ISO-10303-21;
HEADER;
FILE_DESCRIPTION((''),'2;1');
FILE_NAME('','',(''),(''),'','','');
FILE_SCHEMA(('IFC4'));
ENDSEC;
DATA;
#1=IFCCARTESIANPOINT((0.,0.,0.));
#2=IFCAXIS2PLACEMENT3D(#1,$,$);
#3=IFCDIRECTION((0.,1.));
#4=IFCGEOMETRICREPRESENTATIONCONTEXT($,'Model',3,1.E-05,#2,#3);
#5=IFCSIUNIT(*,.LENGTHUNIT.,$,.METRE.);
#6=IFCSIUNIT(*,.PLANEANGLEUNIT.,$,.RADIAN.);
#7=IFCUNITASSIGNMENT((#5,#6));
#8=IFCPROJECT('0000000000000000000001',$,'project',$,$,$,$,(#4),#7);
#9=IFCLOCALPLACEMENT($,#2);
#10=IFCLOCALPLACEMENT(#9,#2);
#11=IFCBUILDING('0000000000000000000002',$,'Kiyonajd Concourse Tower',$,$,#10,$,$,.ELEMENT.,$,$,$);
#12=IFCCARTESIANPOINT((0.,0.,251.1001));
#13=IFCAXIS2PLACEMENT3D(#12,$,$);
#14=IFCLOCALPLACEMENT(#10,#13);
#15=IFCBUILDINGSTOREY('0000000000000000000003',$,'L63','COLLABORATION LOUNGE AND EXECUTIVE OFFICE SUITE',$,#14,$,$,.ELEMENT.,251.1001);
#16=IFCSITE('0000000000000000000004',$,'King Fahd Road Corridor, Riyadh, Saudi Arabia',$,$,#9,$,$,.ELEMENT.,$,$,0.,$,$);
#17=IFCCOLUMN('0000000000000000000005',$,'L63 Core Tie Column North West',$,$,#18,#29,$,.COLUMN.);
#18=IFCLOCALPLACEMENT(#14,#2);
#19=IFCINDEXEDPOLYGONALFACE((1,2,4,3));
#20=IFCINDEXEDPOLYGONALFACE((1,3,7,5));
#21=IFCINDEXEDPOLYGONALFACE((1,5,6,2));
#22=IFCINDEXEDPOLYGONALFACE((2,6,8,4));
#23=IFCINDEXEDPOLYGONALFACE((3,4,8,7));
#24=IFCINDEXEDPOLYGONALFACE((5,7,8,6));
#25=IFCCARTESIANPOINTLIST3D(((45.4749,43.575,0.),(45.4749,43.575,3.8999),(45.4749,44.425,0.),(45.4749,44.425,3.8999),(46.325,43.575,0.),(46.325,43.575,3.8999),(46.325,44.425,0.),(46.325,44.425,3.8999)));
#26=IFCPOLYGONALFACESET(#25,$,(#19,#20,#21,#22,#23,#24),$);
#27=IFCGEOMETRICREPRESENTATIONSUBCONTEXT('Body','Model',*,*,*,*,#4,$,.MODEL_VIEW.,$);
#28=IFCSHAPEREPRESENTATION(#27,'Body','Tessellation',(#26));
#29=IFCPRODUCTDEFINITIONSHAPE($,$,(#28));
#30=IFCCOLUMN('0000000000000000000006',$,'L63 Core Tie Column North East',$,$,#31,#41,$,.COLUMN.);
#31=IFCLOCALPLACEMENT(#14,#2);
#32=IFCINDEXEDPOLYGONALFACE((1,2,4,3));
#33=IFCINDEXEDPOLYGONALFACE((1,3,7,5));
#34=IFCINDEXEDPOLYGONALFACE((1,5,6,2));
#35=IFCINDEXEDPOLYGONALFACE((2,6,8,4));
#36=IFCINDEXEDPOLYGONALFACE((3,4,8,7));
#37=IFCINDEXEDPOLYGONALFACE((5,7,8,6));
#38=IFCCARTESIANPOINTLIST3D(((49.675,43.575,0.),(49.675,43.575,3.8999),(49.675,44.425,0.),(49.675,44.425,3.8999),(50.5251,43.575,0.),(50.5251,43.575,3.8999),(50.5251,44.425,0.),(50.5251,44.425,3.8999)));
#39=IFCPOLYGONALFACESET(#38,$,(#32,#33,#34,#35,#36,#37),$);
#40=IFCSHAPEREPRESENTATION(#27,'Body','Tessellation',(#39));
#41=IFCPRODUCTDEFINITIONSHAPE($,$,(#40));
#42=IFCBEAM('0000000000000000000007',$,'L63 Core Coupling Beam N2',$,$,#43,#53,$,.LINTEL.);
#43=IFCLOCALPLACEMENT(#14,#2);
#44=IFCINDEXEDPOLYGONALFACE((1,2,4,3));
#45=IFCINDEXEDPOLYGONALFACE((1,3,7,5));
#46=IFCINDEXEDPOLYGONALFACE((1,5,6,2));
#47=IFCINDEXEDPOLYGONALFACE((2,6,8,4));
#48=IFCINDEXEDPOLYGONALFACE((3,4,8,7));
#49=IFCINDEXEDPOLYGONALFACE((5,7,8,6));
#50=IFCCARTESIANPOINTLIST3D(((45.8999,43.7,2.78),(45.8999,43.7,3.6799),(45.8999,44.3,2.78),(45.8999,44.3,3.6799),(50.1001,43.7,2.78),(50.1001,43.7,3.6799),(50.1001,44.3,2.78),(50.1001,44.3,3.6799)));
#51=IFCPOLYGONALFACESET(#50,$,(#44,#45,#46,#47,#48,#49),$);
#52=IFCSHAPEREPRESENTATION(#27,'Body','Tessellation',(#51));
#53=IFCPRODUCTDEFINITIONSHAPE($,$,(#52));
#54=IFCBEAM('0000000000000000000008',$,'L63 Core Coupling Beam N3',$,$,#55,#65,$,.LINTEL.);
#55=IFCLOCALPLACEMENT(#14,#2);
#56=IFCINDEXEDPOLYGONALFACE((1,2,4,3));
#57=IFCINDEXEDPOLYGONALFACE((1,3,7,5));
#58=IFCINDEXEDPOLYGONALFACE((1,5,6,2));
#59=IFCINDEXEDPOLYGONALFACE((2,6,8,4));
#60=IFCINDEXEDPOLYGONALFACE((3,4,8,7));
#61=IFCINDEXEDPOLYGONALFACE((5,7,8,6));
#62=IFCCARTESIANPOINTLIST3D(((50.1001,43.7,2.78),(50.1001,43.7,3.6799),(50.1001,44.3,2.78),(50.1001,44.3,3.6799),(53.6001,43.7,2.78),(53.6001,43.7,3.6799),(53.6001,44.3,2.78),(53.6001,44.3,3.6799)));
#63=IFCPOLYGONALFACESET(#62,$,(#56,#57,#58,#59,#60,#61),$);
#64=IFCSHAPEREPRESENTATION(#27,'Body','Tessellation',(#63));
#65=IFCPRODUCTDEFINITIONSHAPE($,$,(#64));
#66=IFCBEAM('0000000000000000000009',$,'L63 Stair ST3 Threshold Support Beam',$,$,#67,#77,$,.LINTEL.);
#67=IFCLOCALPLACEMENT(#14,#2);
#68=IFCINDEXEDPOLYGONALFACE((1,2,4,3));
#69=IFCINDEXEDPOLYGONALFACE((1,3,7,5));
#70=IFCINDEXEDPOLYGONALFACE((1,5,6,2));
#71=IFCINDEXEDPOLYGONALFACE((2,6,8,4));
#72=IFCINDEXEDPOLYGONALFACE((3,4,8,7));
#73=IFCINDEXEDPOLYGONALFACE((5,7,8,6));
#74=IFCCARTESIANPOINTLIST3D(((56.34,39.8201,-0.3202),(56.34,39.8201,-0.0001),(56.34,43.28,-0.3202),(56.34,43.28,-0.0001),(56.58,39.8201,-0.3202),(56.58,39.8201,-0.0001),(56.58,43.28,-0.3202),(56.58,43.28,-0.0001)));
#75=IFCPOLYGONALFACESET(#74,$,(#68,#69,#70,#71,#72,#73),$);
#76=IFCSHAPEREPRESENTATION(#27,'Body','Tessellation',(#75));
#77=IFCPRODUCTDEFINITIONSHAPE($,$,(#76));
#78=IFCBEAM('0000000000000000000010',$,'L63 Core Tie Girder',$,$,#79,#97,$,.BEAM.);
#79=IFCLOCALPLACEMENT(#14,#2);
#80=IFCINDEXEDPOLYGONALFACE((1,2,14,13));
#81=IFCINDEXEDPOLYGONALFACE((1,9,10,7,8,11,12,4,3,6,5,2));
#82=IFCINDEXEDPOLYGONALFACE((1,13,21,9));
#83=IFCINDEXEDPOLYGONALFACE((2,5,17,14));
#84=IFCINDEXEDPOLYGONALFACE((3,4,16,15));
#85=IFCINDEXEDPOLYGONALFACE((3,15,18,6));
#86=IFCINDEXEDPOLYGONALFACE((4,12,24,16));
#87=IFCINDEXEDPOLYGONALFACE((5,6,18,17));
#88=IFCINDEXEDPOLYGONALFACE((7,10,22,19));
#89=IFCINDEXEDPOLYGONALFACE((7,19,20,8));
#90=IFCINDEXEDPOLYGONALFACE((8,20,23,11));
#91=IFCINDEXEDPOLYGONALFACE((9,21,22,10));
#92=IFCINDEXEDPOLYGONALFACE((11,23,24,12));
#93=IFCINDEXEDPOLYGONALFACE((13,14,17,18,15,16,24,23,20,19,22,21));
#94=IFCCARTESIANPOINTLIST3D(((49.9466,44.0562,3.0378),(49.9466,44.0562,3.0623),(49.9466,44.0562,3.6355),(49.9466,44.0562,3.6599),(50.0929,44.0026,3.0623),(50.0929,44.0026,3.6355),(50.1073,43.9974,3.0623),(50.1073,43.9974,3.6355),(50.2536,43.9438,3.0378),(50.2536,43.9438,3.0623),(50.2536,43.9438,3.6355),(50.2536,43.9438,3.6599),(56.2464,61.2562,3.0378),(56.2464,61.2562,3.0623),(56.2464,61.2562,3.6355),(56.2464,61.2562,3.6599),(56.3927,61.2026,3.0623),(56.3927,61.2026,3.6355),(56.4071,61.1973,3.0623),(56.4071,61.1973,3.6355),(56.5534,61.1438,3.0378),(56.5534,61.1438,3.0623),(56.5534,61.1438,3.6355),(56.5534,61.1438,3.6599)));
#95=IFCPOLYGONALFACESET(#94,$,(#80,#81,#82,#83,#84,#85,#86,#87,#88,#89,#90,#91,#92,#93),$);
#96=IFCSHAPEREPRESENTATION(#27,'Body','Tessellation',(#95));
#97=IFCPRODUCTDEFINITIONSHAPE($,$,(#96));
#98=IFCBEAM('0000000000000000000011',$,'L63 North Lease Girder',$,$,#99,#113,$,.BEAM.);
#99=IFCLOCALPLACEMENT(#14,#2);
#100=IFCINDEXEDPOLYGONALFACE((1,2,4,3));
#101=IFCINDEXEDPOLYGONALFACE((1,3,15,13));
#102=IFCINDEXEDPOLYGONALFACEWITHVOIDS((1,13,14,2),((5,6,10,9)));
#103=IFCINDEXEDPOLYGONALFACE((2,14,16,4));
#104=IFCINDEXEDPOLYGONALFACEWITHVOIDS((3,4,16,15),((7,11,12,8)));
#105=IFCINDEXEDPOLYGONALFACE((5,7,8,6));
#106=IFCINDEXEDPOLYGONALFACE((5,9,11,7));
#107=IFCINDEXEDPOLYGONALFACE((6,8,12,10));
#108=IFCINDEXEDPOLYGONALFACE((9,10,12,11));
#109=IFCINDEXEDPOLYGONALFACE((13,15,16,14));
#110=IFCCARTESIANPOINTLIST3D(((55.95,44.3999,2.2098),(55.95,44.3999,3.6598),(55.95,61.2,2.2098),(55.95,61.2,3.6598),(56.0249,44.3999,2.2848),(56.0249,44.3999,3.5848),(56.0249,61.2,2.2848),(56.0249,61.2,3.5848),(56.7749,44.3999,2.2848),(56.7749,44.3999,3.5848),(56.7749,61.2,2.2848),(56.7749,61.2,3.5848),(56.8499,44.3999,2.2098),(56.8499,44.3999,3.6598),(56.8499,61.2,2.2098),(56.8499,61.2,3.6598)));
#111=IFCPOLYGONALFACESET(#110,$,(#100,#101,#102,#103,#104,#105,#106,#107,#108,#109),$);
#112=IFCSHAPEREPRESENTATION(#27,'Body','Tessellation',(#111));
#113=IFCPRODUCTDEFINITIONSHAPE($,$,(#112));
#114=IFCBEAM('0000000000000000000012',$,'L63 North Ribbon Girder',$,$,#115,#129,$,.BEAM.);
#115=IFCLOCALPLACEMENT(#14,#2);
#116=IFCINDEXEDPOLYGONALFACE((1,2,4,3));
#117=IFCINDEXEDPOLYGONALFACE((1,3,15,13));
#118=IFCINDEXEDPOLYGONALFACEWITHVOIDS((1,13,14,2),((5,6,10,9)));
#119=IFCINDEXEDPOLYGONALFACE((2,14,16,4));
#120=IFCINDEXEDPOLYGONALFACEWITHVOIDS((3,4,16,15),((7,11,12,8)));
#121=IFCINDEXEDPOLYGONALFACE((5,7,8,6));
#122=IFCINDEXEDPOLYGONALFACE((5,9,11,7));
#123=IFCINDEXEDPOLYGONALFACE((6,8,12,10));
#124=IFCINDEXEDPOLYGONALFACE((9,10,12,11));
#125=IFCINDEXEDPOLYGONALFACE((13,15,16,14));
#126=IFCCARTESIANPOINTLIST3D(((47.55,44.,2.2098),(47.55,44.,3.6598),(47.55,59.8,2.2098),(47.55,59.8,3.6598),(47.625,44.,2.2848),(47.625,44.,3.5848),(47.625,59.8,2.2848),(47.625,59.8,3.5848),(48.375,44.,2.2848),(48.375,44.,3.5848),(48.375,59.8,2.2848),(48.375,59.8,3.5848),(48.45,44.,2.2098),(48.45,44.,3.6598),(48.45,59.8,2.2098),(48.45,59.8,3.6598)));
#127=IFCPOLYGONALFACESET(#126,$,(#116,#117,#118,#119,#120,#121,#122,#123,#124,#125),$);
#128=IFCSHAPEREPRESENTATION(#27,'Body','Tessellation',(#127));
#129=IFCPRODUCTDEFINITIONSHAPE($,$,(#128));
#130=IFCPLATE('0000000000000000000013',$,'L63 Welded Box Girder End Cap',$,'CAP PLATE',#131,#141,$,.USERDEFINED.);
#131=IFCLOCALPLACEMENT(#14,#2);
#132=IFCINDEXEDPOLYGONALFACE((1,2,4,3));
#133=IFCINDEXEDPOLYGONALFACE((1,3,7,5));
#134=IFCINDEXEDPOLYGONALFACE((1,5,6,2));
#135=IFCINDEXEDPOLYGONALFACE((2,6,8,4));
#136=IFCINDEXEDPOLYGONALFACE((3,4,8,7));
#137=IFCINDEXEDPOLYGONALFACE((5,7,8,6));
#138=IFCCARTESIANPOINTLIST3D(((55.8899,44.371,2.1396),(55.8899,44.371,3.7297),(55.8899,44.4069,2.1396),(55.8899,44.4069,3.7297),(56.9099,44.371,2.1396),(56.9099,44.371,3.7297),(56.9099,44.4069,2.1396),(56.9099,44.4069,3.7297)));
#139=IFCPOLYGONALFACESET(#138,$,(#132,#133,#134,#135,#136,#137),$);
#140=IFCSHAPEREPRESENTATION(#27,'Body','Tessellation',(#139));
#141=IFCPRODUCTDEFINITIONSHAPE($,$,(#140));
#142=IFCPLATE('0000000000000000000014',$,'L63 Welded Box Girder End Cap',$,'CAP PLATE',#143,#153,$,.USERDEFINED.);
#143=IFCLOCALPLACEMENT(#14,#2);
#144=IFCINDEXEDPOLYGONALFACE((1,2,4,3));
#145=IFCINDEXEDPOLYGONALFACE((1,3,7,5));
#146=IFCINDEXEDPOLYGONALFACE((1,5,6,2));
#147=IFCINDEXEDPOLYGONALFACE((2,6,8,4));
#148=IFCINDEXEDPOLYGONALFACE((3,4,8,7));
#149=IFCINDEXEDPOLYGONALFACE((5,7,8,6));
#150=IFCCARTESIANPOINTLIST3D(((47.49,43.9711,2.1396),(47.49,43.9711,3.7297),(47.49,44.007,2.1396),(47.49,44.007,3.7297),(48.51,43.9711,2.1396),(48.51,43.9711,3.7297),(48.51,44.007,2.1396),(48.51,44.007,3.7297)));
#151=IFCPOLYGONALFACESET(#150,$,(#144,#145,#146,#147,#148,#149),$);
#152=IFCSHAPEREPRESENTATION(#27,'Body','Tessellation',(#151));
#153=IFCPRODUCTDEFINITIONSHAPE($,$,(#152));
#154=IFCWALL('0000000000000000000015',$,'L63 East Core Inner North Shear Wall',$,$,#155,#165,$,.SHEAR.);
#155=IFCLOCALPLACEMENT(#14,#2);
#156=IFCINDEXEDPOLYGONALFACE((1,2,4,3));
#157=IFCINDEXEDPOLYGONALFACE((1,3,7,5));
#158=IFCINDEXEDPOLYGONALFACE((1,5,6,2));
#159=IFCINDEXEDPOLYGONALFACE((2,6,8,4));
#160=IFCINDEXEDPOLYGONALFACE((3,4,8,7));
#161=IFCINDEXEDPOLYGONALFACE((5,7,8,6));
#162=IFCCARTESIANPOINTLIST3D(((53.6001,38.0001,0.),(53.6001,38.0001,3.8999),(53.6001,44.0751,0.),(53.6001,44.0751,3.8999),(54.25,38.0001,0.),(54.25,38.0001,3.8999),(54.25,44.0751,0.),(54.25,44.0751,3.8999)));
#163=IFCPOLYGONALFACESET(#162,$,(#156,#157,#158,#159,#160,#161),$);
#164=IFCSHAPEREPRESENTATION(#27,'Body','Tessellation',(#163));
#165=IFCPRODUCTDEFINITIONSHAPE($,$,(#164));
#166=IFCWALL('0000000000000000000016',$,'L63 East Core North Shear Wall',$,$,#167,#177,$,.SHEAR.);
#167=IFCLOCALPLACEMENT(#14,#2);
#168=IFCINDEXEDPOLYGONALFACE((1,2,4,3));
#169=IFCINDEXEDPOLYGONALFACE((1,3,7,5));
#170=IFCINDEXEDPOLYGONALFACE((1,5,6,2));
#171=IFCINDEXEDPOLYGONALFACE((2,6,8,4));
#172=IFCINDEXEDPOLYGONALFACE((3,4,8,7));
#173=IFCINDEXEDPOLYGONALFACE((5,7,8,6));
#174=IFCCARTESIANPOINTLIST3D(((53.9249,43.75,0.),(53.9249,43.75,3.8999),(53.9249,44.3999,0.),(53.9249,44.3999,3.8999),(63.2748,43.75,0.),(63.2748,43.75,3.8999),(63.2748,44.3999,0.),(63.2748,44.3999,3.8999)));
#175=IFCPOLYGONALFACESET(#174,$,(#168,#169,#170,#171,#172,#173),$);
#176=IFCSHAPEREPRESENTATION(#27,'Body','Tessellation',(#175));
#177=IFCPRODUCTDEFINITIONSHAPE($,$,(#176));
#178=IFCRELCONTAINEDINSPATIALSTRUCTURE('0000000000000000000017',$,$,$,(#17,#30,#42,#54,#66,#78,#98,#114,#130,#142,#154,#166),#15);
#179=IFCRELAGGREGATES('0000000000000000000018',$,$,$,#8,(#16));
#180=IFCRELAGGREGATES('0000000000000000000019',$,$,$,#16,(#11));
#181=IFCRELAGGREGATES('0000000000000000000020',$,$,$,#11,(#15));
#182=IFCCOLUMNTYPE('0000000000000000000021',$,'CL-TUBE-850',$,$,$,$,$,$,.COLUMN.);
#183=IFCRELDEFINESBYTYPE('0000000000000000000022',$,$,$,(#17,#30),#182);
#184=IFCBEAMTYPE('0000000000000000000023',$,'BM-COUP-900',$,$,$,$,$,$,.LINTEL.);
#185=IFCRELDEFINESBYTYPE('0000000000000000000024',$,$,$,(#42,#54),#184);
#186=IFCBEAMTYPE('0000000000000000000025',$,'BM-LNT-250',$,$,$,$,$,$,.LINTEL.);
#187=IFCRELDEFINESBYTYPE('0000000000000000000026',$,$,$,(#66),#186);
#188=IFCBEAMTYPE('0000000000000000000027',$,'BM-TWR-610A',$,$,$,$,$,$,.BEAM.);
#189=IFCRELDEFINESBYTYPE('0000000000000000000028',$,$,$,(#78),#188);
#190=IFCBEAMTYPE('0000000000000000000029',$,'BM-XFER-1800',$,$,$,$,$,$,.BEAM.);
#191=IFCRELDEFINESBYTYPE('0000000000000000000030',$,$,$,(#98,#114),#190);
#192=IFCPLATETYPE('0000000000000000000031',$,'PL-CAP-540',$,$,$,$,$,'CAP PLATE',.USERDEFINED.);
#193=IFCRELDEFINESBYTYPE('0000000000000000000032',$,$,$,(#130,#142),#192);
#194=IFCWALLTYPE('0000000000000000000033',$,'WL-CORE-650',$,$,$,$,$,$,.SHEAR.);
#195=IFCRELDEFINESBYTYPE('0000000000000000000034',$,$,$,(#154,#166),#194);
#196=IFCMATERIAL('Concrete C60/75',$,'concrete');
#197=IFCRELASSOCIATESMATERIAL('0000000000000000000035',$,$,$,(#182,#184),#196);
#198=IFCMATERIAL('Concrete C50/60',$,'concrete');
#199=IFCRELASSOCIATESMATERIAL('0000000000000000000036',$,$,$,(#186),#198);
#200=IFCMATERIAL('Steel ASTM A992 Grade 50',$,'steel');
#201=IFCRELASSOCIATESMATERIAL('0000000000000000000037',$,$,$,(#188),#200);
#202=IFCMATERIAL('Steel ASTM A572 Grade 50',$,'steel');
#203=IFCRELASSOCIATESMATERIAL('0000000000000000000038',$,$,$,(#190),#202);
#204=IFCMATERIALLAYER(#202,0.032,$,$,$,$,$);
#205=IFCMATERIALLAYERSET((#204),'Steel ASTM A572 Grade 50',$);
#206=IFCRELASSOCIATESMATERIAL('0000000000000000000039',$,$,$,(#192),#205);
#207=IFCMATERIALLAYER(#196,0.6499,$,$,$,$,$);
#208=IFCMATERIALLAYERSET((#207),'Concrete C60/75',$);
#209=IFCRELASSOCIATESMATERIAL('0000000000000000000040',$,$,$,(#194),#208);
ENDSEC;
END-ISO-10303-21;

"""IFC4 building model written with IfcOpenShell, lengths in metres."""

from ifc_helpers import new_model, si_unit, direction, frame, frame_2d, origin, origin_2d, place, context, subcontext, project, spatial, rectangle, hollow_rectangle, i_section, extrude, material, layer, layer_set, material_profile, profile_set, type_object, element, save


model = new_model("IFC4")

# Units and contexts
model_context = context("Model", 3, precision=1e-05, world=origin(), true_north=direction((0.0, 1.0)))
body_context = subcontext(model_context, "Body", "Model", "MODEL_VIEW")
ifc_project = project(units=[si_unit("LENGTHUNIT", "METRE"), si_unit("PLANEANGLEUNIT", "RADIAN")], contexts=[model_context])

# Site, building, storey
site_placement = place(None, origin())
site = spatial("IfcSite", under=ifc_project, at=site_placement, Name="King Fahd Road Corridor, Riyadh, Saudi Arabia", CompositionType="ELEMENT", RefElevation=0.0)
building_placement = place(site_placement, origin())
building = spatial("IfcBuilding", under=site, at=building_placement, Name="Kiyonajd Concourse Tower", CompositionType="ELEMENT")
storey_placement = place(building_placement, frame((0.0, 0.0, 251.1001)))
storey = spatial("IfcBuildingStorey", under=building, at=storey_placement, Name="L63", Description="COLLABORATION LOUNGE AND EXECUTIVE OFFICE SUITE", CompositionType="ELEMENT", Elevation=251.1001)

# Columns
ifc_material_1 = material(Name="Concrete C60/75", Category="concrete")
ifc_material_profile_1 = material_profile(ifc_material_1, rectangle(XDim=0.8501, YDim=0.8501, at=origin_2d()), Name="RC-850x850")
ifc_profile_set_1 = profile_set([ifc_material_profile_1], Name="Concrete C60/75")
column_type = type_object("IfcColumnType", Name="CL-TUBE-850", PredefinedType="COLUMN", material=ifc_profile_set_1)
for number, where, z_axis, x_axis, name in (
    (1, (45.8999, 44.0, 0.0), (0.0, 0.0, 1.0), (1.0, 0.0, 0.0), "L63 Core Tie Column North West"),
    (2, (50.1001, 44.0, 0.0), (0.0, 0.0, 1.0), (1.0, 0.0, 0.0), "L63 Core Tie Column North East"),
):
    element("IfcColumn", number, at=place(storey_placement, frame(where, z_axis=z_axis, x_axis=x_axis)), inside=storey, type_object=column_type, Name=name, PredefinedType="COLUMN", context=body_context, shape_type="SweptSolid", body=[
        extrude(rectangle(XDim=0.8501, YDim=0.8501, at=origin_2d()), origin(), (0.0, 0.0, 1.0), 3.8999),
    ])

# Beams
ifc_material_profile_2 = material_profile(ifc_material_1, rectangle(XDim=0.6001, YDim=0.8999, at=origin_2d()), Name="RCBM-600x900")
ifc_profile_set_2 = profile_set([ifc_material_profile_2], Name="Concrete C60/75")
beam_type_1 = type_object("IfcBeamType", Name="BM-COUP-900", PredefinedType="LINTEL", material=ifc_profile_set_2)
beam_1_placement = place(storey_placement, frame((45.8999, 44.0, 3.23), z_axis=(1.0, 0.0, 0.0), x_axis=(0.0, 1.0, 0.0)))
element("IfcBeam", 3, at=beam_1_placement, inside=storey, type_object=beam_type_1, Name="L63 Core Coupling Beam N2", PredefinedType="LINTEL", context=body_context, shape_type="SweptSolid", body=[
    extrude(rectangle(XDim=0.6001, YDim=0.8999, at=origin_2d()), origin(), (0.0, 0.0, 1.0), 4.2002),
])
beam_2_placement = place(storey_placement, frame((50.1001, 44.0, 3.23), z_axis=(1.0, 0.0, 0.0), x_axis=(0.0, 1.0, 0.0)))
element("IfcBeam", 4, at=beam_2_placement, inside=storey, type_object=beam_type_1, Name="L63 Core Coupling Beam N3", PredefinedType="LINTEL", context=body_context, shape_type="SweptSolid", body=[
    extrude(rectangle(XDim=0.6001, YDim=0.8999, at=origin_2d()), origin(), (0.0, 0.0, 1.0), 3.5),
])
ifc_material_2 = material(Name="Concrete C50/60", Category="concrete")
ifc_material_profile_3 = material_profile(ifc_material_2, rectangle(XDim=0.24, YDim=0.3201, at=origin_2d()), Name="RCBM-240x320")
ifc_profile_set_3 = profile_set([ifc_material_profile_3], Name="Concrete C50/60")
beam_type_2 = type_object("IfcBeamType", Name="BM-LNT-250", PredefinedType="LINTEL", material=ifc_profile_set_3)
beam_3_placement = place(storey_placement, frame((56.46, 39.8201, -0.1602), z_axis=(0.0, 1.0, 0.0), x_axis=(-1.0, 0.0, 0.0)))
element("IfcBeam", 5, at=beam_3_placement, inside=storey, type_object=beam_type_2, Name="L63 Stair ST3 Threshold Support Beam", PredefinedType="LINTEL", context=body_context, shape_type="SweptSolid", body=[
    extrude(rectangle(XDim=0.24, YDim=0.3201, at=origin_2d()), origin(), (0.0, 0.0, 1.0), 3.46),
])
ifc_material_3 = material(Name="Steel ASTM A992 Grade 50", Category="steel")
ifc_material_profile_4 = material_profile(ifc_material_3, i_section(OverallWidth=0.3269, OverallDepth=0.6221, WebThickness=0.0154, FlangeThickness=0.0244, at=origin_2d()), Name="W610X195")
ifc_profile_set_4 = profile_set([ifc_material_profile_4], Name="Steel ASTM A992 Grade 50")
beam_type_3 = type_object("IfcBeamType", Name="BM-TWR-610A", PredefinedType="BEAM", material=ifc_profile_set_4)
beam_4_placement = place(storey_placement, frame((50.1001, 44.0, 3.3489), z_axis=(0.343925, 0.938997, 0.0), x_axis=(-0.938997, 0.343925, 0.0)))
element("IfcBeam", 6, at=beam_4_placement, inside=storey, type_object=beam_type_3, Name="L63 Core Tie Girder", PredefinedType="BEAM", context=body_context, shape_type="SweptSolid", body=[
    extrude(i_section(OverallWidth=0.3269, OverallDepth=0.6221, WebThickness=0.0154, FlangeThickness=0.0244, at=origin_2d()), origin(), (0.0, 0.0, 1.0), 18.3174),
])
ifc_material_4 = material(Name="Steel ASTM A572 Grade 50", Category="steel")
ifc_material_profile_5 = material_profile(ifc_material_4, hollow_rectangle(XDim=0.8999, YDim=1.45, WallThickness=0.075, at=origin_2d()), Name="BOX-1450x900x75")
ifc_profile_set_5 = profile_set([ifc_material_profile_5], Name="Steel ASTM A572 Grade 50")
beam_type_4 = type_object("IfcBeamType", Name="BM-XFER-1800", PredefinedType="BEAM", material=ifc_profile_set_5)
beam_5_placement = place(storey_placement, frame((56.3999, 44.3999, 2.9348), z_axis=(0.0, 1.0, 0.0), x_axis=(-1.0, 0.0, 0.0)))
element("IfcBeam", 7, at=beam_5_placement, inside=storey, type_object=beam_type_4, Name="L63 North Lease Girder", PredefinedType="BEAM", context=body_context, shape_type="SweptSolid", body=[
    extrude(hollow_rectangle(XDim=0.8999, YDim=1.45, WallThickness=0.075, at=origin_2d()), origin(), (0.0, 0.0, 1.0), 16.8),
])
beam_6_placement = place(storey_placement, frame((48.0, 44.0, 2.9348), z_axis=(0.0, 1.0, 0.0), x_axis=(-1.0, 0.0, 0.0)))
element("IfcBeam", 8, at=beam_6_placement, inside=storey, type_object=beam_type_4, Name="L63 North Ribbon Girder", PredefinedType="BEAM", context=body_context, shape_type="SweptSolid", body=[
    extrude(hollow_rectangle(XDim=0.8999, YDim=1.45, WallThickness=0.075, at=origin_2d()), origin(), (0.0, 0.0, 1.0), 15.8),
])

# Plates
ifc_layer_1 = layer(ifc_material_4, 0.032)
ifc_layer_set_1 = layer_set([ifc_layer_1], Name="Steel ASTM A572 Grade 50")
plate_type = type_object("IfcPlateType", Name="PL-CAP-540", ElementType="CAP PLATE", PredefinedType="USERDEFINED", material=ifc_layer_set_1)
for number, where, z_axis, x_axis, name in (
    (9, (56.3999, 44.3889, 2.1396), (0.0, 0.0, 1.0), (0.0, -1.0, 0.0), "L63 Welded Box Girder End Cap"),
    (10, (48.0, 43.989, 2.1396), (0.0, 0.0, 1.0), (0.0, -1.0, 0.0), "L63 Welded Box Girder End Cap"),
):
    element("IfcPlate", number, at=place(storey_placement, frame(where, z_axis=z_axis, x_axis=x_axis)), inside=storey, type_object=plate_type, Name=name, ObjectType="CAP PLATE", PredefinedType="USERDEFINED", context=body_context, shape_type="SweptSolid", body=[
        extrude(rectangle(XDim=0.0359, YDim=1.02, at=origin_2d()), origin(), (0.0, 0.0, 1.0), 1.5901),
    ])

# Walls
ifc_layer_2 = layer(ifc_material_1, 0.6499)
ifc_layer_set_2 = layer_set([ifc_layer_2], Name="Concrete C60/75")
wall_type_1 = type_object("IfcWallType", Name="WL-CORE-650", PredefinedType="SHEAR", material=ifc_layer_set_2)
wall_1_placement = place(storey_placement, frame((53.925, 38.0, 0.0), z_axis=(0.0, 0.0, 1.0), x_axis=(0.0, 1.0, 0.0)))
element("IfcWall", 11, at=wall_1_placement, inside=storey, type_object=wall_type_1, Name="L63 East Core Inner North Shear Wall", PredefinedType="SHEAR", context=body_context, shape_type="SweptSolid", body=[
    extrude(rectangle(XDim=6.075, YDim=0.6499, at=frame_2d((3.0376, 0.0))), origin(), (0.0, 0.0, 1.0), 3.8999),
])
wall_2_placement = place(storey_placement, frame((53.925, 44.075, 0.0), z_axis=(0.0, 0.0, 1.0), x_axis=(1.0, 0.0, 0.0)))
element("IfcWall", 12, at=wall_2_placement, inside=storey, type_object=wall_type_1, Name="L63 East Core North Shear Wall", PredefinedType="SHEAR", context=body_context, shape_type="SweptSolid", body=[
    extrude(rectangle(XDim=9.3499, YDim=0.6499, at=frame_2d((4.6748, 0.0))), origin(), (0.0, 0.0, 1.0), 3.8999),
])

save(model, "model.ifc")
